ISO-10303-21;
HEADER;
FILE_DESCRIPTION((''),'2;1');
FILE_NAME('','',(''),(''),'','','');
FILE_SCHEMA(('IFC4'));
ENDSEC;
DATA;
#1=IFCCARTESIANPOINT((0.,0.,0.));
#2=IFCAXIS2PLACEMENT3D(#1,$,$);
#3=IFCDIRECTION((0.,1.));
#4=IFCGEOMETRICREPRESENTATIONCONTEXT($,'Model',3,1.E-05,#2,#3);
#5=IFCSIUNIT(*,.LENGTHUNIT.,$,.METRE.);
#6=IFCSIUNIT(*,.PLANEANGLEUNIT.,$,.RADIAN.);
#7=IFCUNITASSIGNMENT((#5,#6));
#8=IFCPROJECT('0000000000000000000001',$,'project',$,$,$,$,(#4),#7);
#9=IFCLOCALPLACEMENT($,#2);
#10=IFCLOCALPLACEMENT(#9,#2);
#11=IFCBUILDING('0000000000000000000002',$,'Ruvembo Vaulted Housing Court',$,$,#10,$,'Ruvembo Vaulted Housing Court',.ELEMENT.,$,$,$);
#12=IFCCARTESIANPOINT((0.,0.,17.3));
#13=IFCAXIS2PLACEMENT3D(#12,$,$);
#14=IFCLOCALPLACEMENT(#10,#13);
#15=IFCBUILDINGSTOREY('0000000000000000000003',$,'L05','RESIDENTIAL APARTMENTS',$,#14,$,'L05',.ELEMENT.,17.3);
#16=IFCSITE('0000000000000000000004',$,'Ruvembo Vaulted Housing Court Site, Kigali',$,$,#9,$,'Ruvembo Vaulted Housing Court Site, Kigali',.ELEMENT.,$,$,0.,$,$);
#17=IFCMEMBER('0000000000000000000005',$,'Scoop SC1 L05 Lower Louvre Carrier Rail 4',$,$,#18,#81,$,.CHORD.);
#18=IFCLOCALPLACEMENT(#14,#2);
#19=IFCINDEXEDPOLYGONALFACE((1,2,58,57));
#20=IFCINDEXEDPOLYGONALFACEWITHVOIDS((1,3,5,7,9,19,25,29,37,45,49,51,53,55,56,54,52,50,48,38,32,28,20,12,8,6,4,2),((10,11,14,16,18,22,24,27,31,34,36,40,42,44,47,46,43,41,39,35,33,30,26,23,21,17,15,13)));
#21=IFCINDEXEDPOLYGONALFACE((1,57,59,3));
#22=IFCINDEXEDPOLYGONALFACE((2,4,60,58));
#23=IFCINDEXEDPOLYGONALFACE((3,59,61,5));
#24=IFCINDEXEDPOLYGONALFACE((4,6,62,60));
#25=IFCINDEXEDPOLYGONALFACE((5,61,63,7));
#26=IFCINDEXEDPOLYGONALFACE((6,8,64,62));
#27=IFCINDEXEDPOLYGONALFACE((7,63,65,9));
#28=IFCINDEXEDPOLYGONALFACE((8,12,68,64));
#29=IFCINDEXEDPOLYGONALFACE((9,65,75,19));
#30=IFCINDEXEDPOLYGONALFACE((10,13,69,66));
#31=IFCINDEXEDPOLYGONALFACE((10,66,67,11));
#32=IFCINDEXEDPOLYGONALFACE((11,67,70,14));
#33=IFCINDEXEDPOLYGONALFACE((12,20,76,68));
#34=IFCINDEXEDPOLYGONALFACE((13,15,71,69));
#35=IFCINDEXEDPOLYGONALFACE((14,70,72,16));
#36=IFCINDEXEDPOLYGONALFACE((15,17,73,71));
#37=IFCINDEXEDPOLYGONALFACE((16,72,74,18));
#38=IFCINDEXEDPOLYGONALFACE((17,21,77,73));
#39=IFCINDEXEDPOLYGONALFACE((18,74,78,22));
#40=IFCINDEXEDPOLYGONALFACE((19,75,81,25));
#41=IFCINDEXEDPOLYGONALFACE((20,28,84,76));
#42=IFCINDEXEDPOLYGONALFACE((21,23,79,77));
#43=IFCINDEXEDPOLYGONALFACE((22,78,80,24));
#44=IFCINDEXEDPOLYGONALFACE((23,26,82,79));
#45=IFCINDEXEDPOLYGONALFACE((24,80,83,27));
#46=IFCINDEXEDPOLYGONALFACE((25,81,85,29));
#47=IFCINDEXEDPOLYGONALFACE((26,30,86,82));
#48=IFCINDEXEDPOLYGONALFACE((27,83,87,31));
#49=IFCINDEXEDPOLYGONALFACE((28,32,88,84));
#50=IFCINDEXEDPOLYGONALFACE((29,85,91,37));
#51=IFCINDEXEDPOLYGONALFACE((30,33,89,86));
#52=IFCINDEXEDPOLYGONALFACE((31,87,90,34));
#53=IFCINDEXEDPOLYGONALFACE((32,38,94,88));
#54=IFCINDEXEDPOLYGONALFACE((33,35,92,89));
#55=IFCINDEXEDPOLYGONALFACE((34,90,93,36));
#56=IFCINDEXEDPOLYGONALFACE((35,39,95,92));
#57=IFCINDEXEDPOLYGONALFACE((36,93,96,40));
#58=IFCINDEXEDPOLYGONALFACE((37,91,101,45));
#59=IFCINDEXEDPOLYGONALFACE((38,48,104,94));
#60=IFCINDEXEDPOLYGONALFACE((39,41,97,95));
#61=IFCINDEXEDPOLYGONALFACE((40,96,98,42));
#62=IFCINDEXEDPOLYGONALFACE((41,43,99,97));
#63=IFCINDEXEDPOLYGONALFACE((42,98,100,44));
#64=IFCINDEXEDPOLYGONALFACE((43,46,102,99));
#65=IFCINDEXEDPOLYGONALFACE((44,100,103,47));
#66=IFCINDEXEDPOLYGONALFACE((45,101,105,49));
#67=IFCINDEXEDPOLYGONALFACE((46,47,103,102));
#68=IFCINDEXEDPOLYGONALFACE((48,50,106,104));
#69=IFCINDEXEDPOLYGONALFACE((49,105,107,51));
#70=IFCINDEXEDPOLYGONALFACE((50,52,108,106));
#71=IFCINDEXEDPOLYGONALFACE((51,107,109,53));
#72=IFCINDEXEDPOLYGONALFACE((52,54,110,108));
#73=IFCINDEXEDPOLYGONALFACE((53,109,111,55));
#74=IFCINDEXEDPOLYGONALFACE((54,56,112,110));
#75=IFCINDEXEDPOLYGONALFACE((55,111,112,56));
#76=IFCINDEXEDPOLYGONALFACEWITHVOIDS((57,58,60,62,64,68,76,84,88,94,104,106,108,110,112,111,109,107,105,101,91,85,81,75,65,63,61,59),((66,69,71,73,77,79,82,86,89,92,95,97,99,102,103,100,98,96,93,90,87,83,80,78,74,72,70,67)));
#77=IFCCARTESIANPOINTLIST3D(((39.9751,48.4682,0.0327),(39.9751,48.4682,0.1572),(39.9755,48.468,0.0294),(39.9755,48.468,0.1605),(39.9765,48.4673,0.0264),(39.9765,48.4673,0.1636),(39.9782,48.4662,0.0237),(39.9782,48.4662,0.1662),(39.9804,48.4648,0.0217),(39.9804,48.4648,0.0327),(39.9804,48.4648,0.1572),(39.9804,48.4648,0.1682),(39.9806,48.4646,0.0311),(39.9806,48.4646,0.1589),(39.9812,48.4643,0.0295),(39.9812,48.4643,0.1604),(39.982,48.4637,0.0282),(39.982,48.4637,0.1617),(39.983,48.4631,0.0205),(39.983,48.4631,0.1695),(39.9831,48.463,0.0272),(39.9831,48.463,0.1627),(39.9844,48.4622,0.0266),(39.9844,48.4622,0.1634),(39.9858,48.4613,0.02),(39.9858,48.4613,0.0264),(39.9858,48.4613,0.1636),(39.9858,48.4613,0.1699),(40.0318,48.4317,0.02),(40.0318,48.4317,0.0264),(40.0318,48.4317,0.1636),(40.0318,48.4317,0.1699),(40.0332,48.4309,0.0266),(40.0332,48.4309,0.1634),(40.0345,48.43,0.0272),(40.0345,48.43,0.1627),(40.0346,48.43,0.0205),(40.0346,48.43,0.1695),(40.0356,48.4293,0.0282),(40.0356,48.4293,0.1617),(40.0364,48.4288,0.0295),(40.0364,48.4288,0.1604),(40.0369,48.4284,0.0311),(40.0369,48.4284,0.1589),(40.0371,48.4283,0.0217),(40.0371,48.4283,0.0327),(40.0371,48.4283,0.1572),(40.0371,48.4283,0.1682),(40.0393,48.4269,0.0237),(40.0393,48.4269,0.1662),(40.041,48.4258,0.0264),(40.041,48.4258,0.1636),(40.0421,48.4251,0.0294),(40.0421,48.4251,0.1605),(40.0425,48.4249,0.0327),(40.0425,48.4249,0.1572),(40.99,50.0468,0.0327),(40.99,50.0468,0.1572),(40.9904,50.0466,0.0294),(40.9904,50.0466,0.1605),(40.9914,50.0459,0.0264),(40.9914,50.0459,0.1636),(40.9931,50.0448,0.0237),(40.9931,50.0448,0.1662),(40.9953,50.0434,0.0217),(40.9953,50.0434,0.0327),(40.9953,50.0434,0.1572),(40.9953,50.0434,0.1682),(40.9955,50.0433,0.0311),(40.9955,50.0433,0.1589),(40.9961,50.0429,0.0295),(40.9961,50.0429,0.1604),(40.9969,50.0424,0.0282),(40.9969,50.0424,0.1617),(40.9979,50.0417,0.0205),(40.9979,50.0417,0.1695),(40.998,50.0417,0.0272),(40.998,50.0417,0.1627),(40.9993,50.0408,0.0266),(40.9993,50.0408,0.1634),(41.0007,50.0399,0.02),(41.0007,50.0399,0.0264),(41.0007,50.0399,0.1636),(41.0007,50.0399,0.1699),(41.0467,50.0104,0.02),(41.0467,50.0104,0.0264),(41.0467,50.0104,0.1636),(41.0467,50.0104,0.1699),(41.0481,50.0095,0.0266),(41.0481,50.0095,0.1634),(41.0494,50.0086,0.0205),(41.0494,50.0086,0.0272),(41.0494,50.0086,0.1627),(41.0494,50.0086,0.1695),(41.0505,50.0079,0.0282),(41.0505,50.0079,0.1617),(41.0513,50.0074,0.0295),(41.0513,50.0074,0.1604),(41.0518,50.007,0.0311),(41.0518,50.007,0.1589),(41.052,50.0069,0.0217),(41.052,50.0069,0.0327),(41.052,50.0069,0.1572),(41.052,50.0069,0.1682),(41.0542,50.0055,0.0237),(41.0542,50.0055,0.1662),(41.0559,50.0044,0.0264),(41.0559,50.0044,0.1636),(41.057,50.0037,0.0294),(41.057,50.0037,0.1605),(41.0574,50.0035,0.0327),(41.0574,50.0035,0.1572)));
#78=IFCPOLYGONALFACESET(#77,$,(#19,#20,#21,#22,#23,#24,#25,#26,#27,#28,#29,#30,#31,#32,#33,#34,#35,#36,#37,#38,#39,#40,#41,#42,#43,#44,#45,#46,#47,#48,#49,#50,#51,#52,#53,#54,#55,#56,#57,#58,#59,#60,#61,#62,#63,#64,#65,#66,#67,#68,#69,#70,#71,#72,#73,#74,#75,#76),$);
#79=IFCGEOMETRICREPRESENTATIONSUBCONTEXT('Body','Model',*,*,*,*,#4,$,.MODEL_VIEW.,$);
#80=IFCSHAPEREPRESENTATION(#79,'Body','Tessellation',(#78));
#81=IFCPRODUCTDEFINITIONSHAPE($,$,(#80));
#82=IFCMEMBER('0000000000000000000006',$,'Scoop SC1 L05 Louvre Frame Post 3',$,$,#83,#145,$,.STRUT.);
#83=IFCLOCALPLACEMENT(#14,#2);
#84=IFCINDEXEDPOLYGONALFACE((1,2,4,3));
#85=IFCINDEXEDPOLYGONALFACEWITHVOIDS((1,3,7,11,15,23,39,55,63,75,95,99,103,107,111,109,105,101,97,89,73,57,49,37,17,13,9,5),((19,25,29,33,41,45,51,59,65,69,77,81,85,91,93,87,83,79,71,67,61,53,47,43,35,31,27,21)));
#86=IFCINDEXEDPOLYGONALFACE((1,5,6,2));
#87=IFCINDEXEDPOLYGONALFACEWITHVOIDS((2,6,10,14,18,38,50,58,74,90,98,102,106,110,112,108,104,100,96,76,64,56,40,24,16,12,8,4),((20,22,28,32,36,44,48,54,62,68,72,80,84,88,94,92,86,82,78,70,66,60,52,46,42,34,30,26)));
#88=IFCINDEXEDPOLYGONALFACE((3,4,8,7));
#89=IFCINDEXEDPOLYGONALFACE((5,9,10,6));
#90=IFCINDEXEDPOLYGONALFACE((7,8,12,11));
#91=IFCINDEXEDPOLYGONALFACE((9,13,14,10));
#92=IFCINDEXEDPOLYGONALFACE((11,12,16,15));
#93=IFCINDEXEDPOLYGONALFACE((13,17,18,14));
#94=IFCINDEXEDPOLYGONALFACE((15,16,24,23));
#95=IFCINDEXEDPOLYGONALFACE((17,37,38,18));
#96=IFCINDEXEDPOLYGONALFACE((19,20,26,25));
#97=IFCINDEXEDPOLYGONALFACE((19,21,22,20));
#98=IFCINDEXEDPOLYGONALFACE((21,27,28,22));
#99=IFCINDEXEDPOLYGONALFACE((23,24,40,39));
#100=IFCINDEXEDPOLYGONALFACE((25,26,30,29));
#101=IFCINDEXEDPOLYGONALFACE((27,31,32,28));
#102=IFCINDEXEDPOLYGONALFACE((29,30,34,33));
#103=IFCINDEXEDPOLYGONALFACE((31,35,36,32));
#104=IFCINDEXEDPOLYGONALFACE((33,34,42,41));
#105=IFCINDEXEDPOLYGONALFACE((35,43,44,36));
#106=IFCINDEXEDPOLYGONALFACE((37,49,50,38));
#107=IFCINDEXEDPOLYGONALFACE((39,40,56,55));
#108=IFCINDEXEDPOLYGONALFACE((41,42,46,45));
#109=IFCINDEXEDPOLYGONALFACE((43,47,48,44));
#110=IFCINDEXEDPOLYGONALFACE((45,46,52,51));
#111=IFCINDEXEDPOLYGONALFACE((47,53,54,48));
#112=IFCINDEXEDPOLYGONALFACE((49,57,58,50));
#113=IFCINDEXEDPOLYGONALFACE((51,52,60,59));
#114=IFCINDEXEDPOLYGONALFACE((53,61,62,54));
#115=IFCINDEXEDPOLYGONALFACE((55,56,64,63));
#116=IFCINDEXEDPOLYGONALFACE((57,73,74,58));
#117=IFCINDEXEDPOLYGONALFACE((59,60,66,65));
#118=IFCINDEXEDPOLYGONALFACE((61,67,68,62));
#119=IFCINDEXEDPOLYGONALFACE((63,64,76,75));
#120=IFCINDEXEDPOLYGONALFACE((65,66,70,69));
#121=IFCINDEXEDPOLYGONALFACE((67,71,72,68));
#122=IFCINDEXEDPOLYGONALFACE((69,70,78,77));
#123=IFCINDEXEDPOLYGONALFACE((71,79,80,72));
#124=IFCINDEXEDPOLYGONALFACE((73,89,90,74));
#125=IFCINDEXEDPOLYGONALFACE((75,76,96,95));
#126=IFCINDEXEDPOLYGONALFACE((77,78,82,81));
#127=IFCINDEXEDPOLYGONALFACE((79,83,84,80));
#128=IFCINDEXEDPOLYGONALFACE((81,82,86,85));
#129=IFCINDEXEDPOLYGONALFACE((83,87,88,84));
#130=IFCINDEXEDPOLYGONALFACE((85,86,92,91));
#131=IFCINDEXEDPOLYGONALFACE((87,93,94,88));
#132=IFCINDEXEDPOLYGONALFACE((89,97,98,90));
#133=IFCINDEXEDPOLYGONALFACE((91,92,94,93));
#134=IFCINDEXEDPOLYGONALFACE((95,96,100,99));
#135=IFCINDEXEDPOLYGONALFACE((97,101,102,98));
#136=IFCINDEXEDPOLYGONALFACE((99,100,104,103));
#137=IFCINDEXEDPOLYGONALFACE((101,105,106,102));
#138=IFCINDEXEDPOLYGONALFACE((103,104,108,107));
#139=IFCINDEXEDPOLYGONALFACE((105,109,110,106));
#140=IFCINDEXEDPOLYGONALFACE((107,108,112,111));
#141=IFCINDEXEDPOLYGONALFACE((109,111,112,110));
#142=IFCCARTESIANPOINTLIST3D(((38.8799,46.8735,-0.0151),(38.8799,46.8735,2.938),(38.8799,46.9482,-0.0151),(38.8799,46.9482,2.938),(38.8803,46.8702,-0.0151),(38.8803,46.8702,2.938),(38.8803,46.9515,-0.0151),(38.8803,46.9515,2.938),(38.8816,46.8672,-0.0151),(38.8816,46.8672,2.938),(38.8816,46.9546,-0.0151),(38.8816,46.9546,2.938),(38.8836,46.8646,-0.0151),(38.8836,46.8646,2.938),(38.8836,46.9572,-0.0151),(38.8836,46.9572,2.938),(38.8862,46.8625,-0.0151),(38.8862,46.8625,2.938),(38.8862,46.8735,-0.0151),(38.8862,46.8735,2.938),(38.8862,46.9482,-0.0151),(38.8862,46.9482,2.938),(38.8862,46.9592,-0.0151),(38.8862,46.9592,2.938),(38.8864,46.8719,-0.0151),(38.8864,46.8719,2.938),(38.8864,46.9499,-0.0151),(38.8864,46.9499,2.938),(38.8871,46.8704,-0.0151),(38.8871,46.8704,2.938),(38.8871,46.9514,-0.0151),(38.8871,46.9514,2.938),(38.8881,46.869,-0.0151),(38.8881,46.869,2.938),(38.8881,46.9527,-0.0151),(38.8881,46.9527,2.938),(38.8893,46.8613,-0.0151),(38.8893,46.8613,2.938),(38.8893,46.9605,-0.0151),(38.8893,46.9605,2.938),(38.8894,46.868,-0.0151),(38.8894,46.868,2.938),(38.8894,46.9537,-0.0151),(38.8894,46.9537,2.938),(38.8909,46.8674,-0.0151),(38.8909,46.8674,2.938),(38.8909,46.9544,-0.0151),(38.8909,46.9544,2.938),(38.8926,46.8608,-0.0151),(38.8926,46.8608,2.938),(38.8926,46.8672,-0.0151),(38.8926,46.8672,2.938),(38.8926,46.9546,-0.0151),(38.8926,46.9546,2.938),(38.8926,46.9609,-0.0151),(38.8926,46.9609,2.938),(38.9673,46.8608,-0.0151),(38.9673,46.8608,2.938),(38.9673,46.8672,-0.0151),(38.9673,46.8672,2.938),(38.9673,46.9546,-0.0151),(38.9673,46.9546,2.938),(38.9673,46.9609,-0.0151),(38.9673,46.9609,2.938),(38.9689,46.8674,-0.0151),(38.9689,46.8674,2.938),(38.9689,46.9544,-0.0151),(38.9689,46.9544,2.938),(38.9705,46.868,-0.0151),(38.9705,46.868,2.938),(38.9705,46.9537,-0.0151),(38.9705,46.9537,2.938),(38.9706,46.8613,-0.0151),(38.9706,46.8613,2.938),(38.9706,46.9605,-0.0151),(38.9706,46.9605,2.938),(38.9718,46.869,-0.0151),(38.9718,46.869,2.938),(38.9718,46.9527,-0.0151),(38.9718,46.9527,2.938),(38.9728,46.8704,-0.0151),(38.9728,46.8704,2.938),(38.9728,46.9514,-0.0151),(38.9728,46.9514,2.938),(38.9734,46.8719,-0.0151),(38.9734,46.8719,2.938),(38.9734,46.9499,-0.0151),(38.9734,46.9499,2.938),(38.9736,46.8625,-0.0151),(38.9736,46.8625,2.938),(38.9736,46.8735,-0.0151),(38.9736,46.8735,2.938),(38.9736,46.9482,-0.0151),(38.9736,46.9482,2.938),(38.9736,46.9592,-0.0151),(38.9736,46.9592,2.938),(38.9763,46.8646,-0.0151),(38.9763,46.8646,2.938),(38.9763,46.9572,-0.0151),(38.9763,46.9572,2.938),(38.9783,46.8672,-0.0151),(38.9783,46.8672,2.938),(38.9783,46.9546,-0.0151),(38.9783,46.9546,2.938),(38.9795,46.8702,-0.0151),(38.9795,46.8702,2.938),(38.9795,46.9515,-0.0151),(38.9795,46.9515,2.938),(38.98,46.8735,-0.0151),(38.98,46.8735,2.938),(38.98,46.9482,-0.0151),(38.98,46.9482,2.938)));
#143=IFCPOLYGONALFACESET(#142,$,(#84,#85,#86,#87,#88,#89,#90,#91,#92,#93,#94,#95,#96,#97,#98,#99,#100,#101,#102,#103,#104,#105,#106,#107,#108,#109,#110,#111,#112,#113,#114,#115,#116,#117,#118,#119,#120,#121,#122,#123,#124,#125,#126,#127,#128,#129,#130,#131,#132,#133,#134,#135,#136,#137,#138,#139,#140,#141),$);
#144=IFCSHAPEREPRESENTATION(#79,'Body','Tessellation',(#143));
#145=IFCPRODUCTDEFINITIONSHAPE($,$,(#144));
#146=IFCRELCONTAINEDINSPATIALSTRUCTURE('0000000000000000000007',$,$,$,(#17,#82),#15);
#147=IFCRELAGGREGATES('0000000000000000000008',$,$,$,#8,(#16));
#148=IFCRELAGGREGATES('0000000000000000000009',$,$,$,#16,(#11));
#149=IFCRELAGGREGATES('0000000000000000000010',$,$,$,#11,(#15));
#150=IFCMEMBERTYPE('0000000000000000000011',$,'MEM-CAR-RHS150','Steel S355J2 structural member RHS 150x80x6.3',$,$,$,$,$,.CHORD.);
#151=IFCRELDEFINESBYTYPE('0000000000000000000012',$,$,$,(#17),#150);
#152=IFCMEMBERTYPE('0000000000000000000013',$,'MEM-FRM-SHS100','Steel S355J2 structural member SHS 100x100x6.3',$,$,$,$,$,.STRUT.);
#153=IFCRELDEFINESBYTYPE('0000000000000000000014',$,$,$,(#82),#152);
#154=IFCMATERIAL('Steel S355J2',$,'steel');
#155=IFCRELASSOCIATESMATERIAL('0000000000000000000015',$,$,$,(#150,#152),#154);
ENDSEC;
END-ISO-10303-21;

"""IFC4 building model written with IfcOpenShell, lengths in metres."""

from ifc_helpers import new_model, si_unit, direction, frame, origin, origin_2d, place, context, subcontext, project, spatial, hollow_rectangle, extrude, material, material_profile, profile_set, type_object, element, save


model = new_model("IFC4")

# Units and contexts
model_context = context("Model", 3, precision=1e-05, world=origin(), true_north=direction((0.0, 1.0)))
body_context = subcontext(model_context, "Body", "Model", "MODEL_VIEW")
ifc_project = project(units=[si_unit("LENGTHUNIT", "METRE"), si_unit("PLANEANGLEUNIT", "RADIAN")], contexts=[model_context])

# Site, building, storey
site_placement = place(None, origin())
site = spatial("IfcSite", under=ifc_project, at=site_placement, Name="Ruvembo Vaulted Housing Court Site, Kigali", LongName="Ruvembo Vaulted Housing Court Site, Kigali", CompositionType="ELEMENT", RefElevation=0.0)
building_placement = place(site_placement, origin())
building = spatial("IfcBuilding", under=site, at=building_placement, Name="Ruvembo Vaulted Housing Court", LongName="Ruvembo Vaulted Housing Court", CompositionType="ELEMENT")
storey_placement = place(building_placement, frame((0.0, 0.0, 17.3)))
storey = spatial("IfcBuildingStorey", under=building, at=storey_placement, Name="L05", Description="RESIDENTIAL APARTMENTS", LongName="L05", CompositionType="ELEMENT", Elevation=17.3)

# Shared definitions
ifc_material_1 = material(Name="Steel S355J2", Category="steel")

# Members
ifc_material_profile_1 = material_profile(ifc_material_1, hollow_rectangle(XDim=0.0801, YDim=0.1499, WallThickness=0.0063, InnerFilletRadius=0.0063, OuterFilletRadius=0.0127, at=origin_2d()), Name="RHS 150x80x6.3")
ifc_profile_set_1 = profile_set([ifc_material_profile_1], Name="Steel S355J2")
member_type_1 = type_object("IfcMemberType", Name="MEM-CAR-RHS150", Description="Steel S355J2 structural member RHS 150x80x6.3", PredefinedType="CHORD", material=ifc_profile_set_1)
for number, where, z_axis, x_axis, name in (
    (1, (40.0088, 48.4465, 0.095), (0.540784, 0.841162, 0.0), (-0.841162, 0.540784, 0.0), "Scoop SC1 L05 Lower Louvre Carrier Rail 4"),
):
    element("IfcMember", number, at=place(storey_placement, frame(where, z_axis=z_axis, x_axis=x_axis)), inside=storey, type_object=member_type_1, Name=name, PredefinedType="CHORD", context=body_context, shape_type="SweptSolid", body=[
        extrude(hollow_rectangle(XDim=0.0801, YDim=0.1499, WallThickness=0.0063, InnerFilletRadius=0.0063, OuterFilletRadius=0.0127, at=origin_2d()), origin(), (0.0, 0.0, 1.0), 1.8767),
    ])
ifc_material_profile_2 = material_profile(ifc_material_1, hollow_rectangle(XDim=0.1001, YDim=0.1001, WallThickness=0.0063, InnerFilletRadius=0.0063, OuterFilletRadius=0.0127, at=origin_2d()), Name="SHS 100x100x6.3")
ifc_profile_set_2 = profile_set([ifc_material_profile_2], Name="Steel S355J2")
member_type_2 = type_object("IfcMemberType", Name="MEM-FRM-SHS100", Description="Steel S355J2 structural member SHS 100x100x6.3", PredefinedType="STRUT", material=ifc_profile_set_2)
for number, where, z_axis, x_axis, name in (
    (2, (38.9299, 46.9109, -0.0151), (0.0, 0.0, 1.0), (1.0, 0.0, 0.0), "Scoop SC1 L05 Louvre Frame Post 3"),
):
    element("IfcMember", number, at=place(storey_placement, frame(where, z_axis=z_axis, x_axis=x_axis)), inside=storey, type_object=member_type_2, Name=name, PredefinedType="STRUT", context=body_context, shape_type="SweptSolid", body=[
        extrude(hollow_rectangle(XDim=0.1001, YDim=0.1001, WallThickness=0.0063, InnerFilletRadius=0.0063, OuterFilletRadius=0.0127, at=origin_2d()), origin(), (0.0, 0.0, 1.0), 2.9531),
    ])

save(model, "model.ifc")
